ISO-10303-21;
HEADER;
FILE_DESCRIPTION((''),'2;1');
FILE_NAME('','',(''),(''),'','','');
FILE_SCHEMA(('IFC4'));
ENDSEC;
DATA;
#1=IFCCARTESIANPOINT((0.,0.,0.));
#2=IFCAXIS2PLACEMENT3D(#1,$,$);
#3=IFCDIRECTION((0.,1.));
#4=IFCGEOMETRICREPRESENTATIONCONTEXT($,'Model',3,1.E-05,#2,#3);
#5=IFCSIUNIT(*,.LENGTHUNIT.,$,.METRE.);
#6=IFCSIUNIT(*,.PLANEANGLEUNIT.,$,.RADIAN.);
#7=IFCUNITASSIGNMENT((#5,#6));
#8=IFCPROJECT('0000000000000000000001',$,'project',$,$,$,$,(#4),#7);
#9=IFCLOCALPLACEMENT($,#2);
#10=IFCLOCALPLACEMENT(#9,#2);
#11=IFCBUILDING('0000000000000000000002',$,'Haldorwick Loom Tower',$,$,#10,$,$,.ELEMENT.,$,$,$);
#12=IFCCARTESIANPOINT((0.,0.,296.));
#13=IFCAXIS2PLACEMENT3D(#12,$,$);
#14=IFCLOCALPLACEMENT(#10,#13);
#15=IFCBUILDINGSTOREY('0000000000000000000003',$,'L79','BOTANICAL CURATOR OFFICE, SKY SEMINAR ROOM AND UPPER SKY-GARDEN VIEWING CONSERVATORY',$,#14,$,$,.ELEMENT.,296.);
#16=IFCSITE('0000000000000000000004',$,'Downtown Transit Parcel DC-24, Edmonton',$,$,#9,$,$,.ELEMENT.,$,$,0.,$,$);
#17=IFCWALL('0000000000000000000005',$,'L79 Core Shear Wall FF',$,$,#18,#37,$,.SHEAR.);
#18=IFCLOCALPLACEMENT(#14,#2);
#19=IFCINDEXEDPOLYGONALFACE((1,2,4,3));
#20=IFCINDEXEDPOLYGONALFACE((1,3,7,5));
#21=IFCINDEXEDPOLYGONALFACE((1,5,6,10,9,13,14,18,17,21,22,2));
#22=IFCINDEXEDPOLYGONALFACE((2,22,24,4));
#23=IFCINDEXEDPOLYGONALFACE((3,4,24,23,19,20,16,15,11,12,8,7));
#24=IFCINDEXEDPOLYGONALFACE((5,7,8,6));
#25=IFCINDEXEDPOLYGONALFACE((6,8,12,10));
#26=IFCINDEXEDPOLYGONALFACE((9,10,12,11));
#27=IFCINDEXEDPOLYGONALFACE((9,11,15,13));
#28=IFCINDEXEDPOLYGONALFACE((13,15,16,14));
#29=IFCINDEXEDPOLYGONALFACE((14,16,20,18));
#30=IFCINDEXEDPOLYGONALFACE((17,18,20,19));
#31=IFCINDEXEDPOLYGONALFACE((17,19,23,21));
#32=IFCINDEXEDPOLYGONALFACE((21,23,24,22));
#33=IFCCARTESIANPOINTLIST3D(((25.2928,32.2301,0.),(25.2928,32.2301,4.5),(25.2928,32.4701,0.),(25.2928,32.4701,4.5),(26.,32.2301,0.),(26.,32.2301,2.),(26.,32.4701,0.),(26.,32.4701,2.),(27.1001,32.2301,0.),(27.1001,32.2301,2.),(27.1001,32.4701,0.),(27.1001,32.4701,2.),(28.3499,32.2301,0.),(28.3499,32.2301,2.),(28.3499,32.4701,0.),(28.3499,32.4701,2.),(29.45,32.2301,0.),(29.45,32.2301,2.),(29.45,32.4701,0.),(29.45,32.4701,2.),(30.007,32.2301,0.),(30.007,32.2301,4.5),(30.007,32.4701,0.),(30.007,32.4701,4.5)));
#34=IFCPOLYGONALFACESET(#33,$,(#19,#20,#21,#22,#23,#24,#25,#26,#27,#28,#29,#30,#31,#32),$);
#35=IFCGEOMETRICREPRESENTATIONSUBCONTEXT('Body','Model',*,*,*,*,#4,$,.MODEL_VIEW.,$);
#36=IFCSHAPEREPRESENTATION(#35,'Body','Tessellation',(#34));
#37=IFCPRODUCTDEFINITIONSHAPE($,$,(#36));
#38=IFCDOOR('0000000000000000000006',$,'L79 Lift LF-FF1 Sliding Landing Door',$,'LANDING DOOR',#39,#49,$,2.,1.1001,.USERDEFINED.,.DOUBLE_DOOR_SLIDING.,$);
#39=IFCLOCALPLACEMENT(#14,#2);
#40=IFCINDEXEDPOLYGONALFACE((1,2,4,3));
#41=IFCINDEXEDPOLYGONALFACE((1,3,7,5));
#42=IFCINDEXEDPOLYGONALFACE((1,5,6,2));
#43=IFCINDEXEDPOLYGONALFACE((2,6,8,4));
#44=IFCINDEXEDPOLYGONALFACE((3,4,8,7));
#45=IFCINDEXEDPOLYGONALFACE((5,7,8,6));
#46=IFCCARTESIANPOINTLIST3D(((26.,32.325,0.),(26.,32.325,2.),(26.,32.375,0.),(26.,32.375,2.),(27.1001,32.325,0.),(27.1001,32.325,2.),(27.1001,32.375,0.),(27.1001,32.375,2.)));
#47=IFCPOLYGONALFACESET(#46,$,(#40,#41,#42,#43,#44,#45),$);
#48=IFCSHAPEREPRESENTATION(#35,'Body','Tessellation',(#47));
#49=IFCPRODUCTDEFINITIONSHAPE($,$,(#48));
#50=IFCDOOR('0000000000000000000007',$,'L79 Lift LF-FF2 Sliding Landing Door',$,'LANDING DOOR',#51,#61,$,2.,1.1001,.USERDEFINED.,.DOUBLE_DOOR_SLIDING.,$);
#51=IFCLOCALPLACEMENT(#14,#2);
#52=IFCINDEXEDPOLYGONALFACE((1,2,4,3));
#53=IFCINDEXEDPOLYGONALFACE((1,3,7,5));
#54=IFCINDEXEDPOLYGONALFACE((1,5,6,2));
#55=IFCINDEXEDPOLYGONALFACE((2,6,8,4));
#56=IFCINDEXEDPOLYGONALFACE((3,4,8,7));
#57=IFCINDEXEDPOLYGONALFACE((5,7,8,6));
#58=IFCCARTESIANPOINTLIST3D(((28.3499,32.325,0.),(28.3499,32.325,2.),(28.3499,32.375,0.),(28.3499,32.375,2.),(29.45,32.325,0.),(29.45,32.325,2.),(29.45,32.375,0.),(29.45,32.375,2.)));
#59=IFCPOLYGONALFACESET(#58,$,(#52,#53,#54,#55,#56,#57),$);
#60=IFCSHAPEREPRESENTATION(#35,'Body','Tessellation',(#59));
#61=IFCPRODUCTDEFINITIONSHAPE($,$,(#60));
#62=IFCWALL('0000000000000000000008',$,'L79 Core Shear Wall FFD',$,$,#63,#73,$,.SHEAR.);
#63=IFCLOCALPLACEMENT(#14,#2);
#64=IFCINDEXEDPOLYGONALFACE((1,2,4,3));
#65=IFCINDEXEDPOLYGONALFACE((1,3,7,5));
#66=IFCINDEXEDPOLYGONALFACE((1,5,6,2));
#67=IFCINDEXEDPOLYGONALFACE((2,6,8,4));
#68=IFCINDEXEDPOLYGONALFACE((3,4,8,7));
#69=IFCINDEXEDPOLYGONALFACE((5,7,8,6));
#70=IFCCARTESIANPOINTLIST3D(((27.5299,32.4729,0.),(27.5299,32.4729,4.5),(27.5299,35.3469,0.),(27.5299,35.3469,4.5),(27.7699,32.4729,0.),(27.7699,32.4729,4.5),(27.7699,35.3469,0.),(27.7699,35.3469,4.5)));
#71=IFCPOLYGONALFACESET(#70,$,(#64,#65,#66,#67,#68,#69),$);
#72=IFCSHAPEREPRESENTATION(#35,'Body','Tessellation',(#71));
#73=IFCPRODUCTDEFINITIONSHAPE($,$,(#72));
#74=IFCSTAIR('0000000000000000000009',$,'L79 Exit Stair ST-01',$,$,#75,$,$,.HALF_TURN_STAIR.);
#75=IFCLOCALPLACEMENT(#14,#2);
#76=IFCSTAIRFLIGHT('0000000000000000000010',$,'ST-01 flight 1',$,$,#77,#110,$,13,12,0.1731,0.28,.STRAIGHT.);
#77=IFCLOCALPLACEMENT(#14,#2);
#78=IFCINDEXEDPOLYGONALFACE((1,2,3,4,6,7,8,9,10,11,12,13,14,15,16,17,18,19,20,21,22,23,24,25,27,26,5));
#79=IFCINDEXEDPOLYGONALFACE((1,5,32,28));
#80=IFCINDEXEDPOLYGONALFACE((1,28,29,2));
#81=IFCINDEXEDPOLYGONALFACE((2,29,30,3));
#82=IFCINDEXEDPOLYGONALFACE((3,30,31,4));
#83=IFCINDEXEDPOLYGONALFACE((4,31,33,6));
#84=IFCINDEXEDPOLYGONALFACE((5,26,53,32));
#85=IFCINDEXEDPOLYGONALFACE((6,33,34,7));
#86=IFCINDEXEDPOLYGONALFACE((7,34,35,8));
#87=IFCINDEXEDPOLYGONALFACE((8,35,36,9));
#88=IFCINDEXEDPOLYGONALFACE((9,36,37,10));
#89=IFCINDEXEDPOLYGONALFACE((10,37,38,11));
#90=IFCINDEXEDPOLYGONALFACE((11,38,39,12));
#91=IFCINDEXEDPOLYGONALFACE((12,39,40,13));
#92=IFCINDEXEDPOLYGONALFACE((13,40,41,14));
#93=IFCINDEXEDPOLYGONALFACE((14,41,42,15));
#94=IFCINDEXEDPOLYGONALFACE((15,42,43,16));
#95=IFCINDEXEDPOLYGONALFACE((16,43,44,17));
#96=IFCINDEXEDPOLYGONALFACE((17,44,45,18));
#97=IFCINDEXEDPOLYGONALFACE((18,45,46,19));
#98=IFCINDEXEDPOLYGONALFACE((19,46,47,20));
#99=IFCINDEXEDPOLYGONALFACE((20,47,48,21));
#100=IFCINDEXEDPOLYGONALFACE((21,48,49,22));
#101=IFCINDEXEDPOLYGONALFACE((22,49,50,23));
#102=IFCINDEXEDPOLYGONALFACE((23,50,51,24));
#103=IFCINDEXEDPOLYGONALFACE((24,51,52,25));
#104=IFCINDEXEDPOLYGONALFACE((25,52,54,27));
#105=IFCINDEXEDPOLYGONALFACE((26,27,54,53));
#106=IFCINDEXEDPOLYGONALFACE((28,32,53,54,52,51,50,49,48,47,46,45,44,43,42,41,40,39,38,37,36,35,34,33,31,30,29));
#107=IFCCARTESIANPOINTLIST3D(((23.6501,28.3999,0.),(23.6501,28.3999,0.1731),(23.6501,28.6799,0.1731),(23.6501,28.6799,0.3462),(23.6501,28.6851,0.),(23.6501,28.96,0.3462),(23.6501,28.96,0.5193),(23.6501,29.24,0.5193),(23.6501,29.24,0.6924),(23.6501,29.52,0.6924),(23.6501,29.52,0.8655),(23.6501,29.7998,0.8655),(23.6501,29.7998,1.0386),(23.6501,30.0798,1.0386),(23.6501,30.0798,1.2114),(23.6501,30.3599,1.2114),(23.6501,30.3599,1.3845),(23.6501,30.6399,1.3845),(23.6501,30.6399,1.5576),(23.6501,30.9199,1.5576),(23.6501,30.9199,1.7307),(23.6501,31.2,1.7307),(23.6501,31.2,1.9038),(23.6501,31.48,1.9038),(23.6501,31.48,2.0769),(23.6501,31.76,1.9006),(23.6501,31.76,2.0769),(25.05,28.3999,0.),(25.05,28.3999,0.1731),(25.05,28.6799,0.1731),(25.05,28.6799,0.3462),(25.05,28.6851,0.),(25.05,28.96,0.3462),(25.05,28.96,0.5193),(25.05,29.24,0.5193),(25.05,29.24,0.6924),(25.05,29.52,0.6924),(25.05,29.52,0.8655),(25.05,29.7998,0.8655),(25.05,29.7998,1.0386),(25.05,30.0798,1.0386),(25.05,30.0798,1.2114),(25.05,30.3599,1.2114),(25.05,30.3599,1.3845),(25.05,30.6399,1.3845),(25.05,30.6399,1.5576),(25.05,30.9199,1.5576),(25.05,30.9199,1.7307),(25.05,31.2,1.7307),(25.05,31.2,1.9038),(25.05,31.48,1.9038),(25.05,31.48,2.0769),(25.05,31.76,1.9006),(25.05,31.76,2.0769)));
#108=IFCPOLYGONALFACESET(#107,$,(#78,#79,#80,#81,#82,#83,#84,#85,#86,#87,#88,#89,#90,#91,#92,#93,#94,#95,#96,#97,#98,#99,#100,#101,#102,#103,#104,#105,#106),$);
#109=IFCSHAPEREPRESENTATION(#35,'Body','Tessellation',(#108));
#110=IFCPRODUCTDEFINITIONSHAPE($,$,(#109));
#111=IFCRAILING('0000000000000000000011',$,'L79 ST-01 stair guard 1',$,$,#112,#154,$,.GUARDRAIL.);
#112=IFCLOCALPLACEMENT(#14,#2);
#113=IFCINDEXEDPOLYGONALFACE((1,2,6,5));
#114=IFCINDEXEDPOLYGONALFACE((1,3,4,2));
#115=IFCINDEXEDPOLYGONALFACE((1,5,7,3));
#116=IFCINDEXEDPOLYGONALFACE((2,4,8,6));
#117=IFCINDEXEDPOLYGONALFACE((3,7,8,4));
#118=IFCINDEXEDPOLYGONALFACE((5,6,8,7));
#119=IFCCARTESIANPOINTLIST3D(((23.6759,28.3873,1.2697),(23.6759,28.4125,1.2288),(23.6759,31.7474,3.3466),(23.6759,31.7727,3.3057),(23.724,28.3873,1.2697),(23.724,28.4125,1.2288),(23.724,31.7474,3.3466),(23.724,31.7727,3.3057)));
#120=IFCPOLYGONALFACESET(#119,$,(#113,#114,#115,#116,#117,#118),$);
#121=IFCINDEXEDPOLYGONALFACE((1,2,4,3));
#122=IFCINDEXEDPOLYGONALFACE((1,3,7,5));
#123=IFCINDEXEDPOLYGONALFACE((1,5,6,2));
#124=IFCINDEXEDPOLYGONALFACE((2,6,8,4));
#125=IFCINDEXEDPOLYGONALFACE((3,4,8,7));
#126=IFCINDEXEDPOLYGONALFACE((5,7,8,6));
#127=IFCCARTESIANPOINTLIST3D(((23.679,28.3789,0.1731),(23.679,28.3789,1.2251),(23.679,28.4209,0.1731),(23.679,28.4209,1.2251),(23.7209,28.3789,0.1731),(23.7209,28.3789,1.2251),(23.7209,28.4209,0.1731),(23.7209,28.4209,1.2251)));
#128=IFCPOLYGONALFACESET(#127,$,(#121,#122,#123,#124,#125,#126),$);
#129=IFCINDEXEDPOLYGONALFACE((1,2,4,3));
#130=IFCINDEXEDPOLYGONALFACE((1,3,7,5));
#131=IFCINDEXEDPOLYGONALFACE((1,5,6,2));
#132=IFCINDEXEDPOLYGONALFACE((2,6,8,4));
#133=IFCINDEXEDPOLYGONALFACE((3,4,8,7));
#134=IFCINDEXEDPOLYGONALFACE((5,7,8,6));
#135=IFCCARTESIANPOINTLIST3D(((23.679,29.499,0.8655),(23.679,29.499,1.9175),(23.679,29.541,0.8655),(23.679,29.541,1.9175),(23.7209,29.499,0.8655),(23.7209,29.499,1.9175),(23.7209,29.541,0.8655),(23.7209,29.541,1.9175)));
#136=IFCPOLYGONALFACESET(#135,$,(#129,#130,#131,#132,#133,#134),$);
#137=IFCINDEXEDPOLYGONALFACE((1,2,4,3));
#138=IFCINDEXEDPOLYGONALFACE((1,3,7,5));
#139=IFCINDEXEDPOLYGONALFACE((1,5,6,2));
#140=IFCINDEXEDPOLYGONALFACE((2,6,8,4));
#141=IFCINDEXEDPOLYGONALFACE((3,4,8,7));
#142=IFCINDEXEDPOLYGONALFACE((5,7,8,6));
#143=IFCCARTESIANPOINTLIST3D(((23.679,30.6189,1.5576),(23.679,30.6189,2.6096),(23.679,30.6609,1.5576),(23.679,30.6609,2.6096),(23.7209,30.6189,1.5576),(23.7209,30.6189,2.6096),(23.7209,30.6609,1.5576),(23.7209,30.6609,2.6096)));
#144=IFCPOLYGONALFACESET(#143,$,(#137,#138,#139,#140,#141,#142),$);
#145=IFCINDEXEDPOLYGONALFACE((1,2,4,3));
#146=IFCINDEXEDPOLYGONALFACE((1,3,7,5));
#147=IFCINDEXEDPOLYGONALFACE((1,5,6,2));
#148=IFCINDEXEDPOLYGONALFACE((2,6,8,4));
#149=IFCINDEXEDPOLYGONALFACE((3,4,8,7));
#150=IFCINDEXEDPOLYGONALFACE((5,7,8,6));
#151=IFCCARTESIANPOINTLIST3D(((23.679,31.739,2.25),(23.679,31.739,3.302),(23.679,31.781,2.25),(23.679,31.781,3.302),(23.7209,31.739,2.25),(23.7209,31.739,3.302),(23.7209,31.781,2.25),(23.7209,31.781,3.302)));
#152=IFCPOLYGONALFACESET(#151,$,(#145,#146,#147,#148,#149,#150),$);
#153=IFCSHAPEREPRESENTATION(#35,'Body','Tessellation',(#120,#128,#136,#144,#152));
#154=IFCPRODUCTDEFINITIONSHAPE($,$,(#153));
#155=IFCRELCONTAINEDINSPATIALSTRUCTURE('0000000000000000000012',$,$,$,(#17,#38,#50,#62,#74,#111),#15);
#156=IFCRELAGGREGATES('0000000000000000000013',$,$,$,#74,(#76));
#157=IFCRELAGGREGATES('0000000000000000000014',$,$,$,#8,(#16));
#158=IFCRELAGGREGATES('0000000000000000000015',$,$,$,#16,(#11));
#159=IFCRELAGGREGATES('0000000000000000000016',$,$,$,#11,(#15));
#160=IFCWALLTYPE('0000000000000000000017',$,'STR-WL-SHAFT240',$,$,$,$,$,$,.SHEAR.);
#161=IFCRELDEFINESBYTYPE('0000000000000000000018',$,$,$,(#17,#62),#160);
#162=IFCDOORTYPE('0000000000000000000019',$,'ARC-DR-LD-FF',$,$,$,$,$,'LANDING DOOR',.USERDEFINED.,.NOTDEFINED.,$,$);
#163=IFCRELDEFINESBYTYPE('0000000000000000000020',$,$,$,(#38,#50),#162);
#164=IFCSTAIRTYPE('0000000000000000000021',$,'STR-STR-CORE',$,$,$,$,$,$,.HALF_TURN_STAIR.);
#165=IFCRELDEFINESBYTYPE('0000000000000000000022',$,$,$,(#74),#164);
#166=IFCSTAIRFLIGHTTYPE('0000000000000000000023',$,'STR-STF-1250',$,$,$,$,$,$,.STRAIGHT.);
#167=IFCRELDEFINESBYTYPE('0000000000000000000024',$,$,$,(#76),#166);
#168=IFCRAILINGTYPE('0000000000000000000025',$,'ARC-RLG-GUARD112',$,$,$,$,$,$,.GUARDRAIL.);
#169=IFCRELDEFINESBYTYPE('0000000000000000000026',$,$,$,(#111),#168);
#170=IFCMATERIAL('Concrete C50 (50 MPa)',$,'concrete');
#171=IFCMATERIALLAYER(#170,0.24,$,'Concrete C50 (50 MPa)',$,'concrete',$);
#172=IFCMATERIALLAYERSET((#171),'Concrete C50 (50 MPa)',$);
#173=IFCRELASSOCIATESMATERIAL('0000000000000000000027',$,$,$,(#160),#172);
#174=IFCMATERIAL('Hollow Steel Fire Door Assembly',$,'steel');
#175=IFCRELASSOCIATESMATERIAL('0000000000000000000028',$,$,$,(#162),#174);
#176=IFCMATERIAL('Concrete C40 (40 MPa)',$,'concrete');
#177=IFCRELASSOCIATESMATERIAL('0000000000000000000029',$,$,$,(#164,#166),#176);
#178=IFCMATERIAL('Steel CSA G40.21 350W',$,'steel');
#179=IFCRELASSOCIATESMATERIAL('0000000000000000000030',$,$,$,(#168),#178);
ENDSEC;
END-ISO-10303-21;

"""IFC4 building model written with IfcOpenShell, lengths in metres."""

from ifc_helpers import new_model, si_unit, direction, frame, frame_2d, origin, origin_2d, place, context, subcontext, project, spatial, polyline, rectangle, outline, extrude, material, layer, layer_set, type_object, element, fill, aggregate, save


model = new_model("IFC4")

# Units and contexts
model_context = context("Model", 3, precision=1e-05, world=origin(), true_north=direction((0.0, 1.0)))
body_context = subcontext(model_context, "Body", "Model", "MODEL_VIEW")
ifc_project = project(units=[si_unit("LENGTHUNIT", "METRE"), si_unit("PLANEANGLEUNIT", "RADIAN")], contexts=[model_context])

# Site, building, storey
site_placement = place(None, origin())
site = spatial("IfcSite", under=ifc_project, at=site_placement, Name="Downtown Transit Parcel DC-24, Edmonton", CompositionType="ELEMENT", RefElevation=0.0)
building_placement = place(site_placement, origin())
building = spatial("IfcBuilding", under=site, at=building_placement, Name="Haldorwick Loom Tower", CompositionType="ELEMENT")
storey_placement = place(building_placement, frame((0.0, 0.0, 296.0)))
storey = spatial("IfcBuildingStorey", under=building, at=storey_placement, Name="L79", Description="BOTANICAL CURATOR OFFICE, SKY SEMINAR ROOM AND UPPER SKY-GARDEN VIEWING CONSERVATORY", CompositionType="ELEMENT", Elevation=296.0)

# Shared definitions
ifc_material_1 = material(Name="Steel CSA G40.21 350W", Category="steel")

# Shared definitions
ifc_material_2 = material(Name="Concrete C50 (50 MPa)", Category="concrete")
ifc_layer = layer(ifc_material_2, 0.24, Name="Concrete C50 (50 MPa)", Category="concrete")
ifc_layer_set = layer_set([ifc_layer], Name="Concrete C50 (50 MPa)")
wall_type = type_object("IfcWallType", Name="STR-WL-SHAFT240", PredefinedType="SHEAR", material=ifc_layer_set)

# Wall, openings, doors
wall_1_placement = place(storey_placement, frame((25.293, 32.3501, 0.0), z_axis=(0.0, 0.0, 1.0), x_axis=(1.0, 0.0, 0.0)))
wall_1 = element("IfcWall", 1, at=wall_1_placement, inside=storey, type_object=wall_type, Name="L79 Core Shear Wall FF", PredefinedType="SHEAR", context=body_context, shape_type="SweptSolid", body=[
    extrude(rectangle(XDim=4.7141, YDim=0.24, at=frame_2d((2.3569, 0.0))), origin(), (0.0, 0.0, 1.0), 4.5),
])
opening_1_placement = place(wall_1_placement, frame((0.707, 0.0, 0.0)))
opening_1 = element("IfcOpeningElement", 2, at=opening_1_placement, cuts=wall_1, PredefinedType="OPENING", context=body_context, shape_type="SweptSolid", body=[
    extrude(rectangle(XDim=1.1001, YDim=2.0, at=frame_2d((0.55, 1.0))), frame((0.0, 0.1299, 0.0), z_axis=(0.0, -1.0, 0.0), x_axis=(1.0, 0.0, 0.0)), (0.0, 0.0, 1.0), 0.26),
])
opening_2_placement = place(wall_1_placement, frame((3.0569, 0.0, 0.0)))
opening_2 = element("IfcOpeningElement", 3, at=opening_2_placement, cuts=wall_1, PredefinedType="OPENING", context=body_context, shape_type="SweptSolid", body=[
    extrude(rectangle(XDim=1.1001, YDim=2.0, at=frame_2d((0.55, 1.0))), frame((0.0, 0.1299, 0.0), z_axis=(0.0, -1.0, 0.0), x_axis=(1.0, 0.0, 0.0)), (0.0, 0.0, 1.0), 0.26),
])
ifc_material_3 = material(Name="Hollow Steel Fire Door Assembly", Category="steel")
door_type = type_object("IfcDoorType", Name="ARC-DR-LD-FF", ElementType="LANDING DOOR", OperationType="NOTDEFINED", PredefinedType="USERDEFINED", material=ifc_material_3)
door_1_placement = place(opening_1_placement, origin())
door_1 = element("IfcDoor", 4, at=door_1_placement, inside=storey, type_object=door_type, Name="L79 Lift LF-FF1 Sliding Landing Door", ObjectType="LANDING DOOR", OperationType="DOUBLE_DOOR_SLIDING", OverallHeight=2.0, OverallWidth=1.1001, PredefinedType="USERDEFINED", context=body_context, shape_type="SweptSolid", body=[
    extrude(rectangle(XDim=1.1001, YDim=2.0, at=frame_2d((0.55, 1.0))), frame((0.0, 0.0249, 0.0), z_axis=(0.0, -1.0, 0.0), x_axis=(1.0, 0.0, 0.0)), (0.0, 0.0, 1.0), 0.05),
])
fill(opening_1, door_1)
door_2_placement = place(opening_2_placement, origin())
door_2 = element("IfcDoor", 5, at=door_2_placement, inside=storey, type_object=door_type, Name="L79 Lift LF-FF2 Sliding Landing Door", ObjectType="LANDING DOOR", OperationType="DOUBLE_DOOR_SLIDING", OverallHeight=2.0, OverallWidth=1.1001, PredefinedType="USERDEFINED", context=body_context, shape_type="SweptSolid", body=[
    extrude(rectangle(XDim=1.1001, YDim=2.0, at=frame_2d((0.55, 1.0))), frame((0.0, 0.0249, 0.0), z_axis=(0.0, -1.0, 0.0), x_axis=(1.0, 0.0, 0.0)), (0.0, 0.0, 1.0), 0.05),
])
fill(opening_2, door_2)

# Wall
wall_2_placement = place(storey_placement, frame((27.6499, 32.4729, 0.0), z_axis=(0.0, 0.0, 1.0), x_axis=(0.0, 1.0, 0.0)))
element("IfcWall", 6, at=wall_2_placement, inside=storey, type_object=wall_type, Name="L79 Core Shear Wall FFD", PredefinedType="SHEAR", context=body_context, shape_type="SweptSolid", body=[
    extrude(rectangle(XDim=2.874, YDim=0.24, at=frame_2d((1.437, 0.0))), origin(), (0.0, 0.0, 1.0), 4.5),
])

# Stair, stair flight
ifc_material_4 = material(Name="Concrete C40 (40 MPa)", Category="concrete")
stair_type = type_object("IfcStairType", Name="STR-STR-CORE", PredefinedType="HALF_TURN_STAIR", material=ifc_material_4)
stair_placement = place(storey_placement, origin())
stair = element("IfcStair", 7, at=stair_placement, inside=storey, type_object=stair_type, Name="L79 Exit Stair ST-01", PredefinedType="HALF_TURN_STAIR")
stair_flight_type = type_object("IfcStairFlightType", Name="STR-STF-1250", PredefinedType="STRAIGHT", material=ifc_material_4)
stair_flight_placement = place(storey_placement, frame((24.3501, 28.3999, 0.0), z_axis=(0.0, 0.0, 1.0), x_axis=(0.0, 1.0, 0.0)))
stair_flight = element("IfcStairFlight", 8, at=stair_flight_placement, type_object=stair_flight_type, Name="ST-01 flight 1", NumberOfRisers=13, NumberOfTreads=12, PredefinedType="STRAIGHT", RiserHeight=0.1731, TreadLength=0.28, context=body_context, shape_type="SweptSolid", body=[
    extrude(outline(polyline([(0.0, 0.0), (0.0, 0.1731), (0.28, 0.1731), (0.28, 0.3462), (0.5601, 0.3462), (0.5601, 0.5193), (0.8401, 0.5193), (0.8401, 0.6924), (1.1201, 0.6924), (1.1201, 0.8655), (1.3999, 0.8655), (1.3999, 1.0386), (1.6799, 1.0386), (1.6799, 1.2114), (1.96, 1.2114), (1.96, 1.3845), (2.24, 1.3845), (2.24, 1.5576), (2.52, 1.5576), (2.52, 1.7307), (2.8, 1.7307), (2.8, 1.9038), (3.0801, 1.9038), (3.0801, 2.0769), (3.3601, 2.0769), (3.3601, 2.25), (3.3601, 1.9006), (0.2852, 0.0), (0.0, 0.0)])), frame((0.0, 0.7, 0.0), z_axis=(0.0, -1.0, 0.0), x_axis=(1.0, 0.0, 0.0)), (0.0, 0.0, 1.0), 1.3999),
])
aggregate(stair, [stair_flight])

# Railing
railing_type_1 = type_object("IfcRailingType", Name="ARC-RLG-GUARD112", PredefinedType="GUARDRAIL", material=ifc_material_1)
railing_1_placement = place(storey_placement, frame((23.7, 28.3999, 0.1731)))
element("IfcRailing", 9, at=railing_1_placement, inside=storey, type_object=railing_type_1, Name="L79 ST-01 stair guard 1", PredefinedType="GUARDRAIL", context=body_context, shape_type="SweptSolid", body=[
    extrude(rectangle(XDim=0.0481, YDim=0.0481, at=origin_2d()), frame((0.0, 0.0, 1.0762), z_axis=(0.0, 0.850623, 0.525776), x_axis=(-1.0, 0.0, 0.0)), (0.0, 0.0, 1.0), 3.9502),
    extrude(rectangle(XDim=0.042, YDim=0.042, at=origin_2d()), origin(), (0.0, 0.0, 1.0), 1.052),
    extrude(rectangle(XDim=0.042, YDim=0.042, at=origin_2d()), frame((0.0, 1.1201, 0.6924)), (0.0, 0.0, 1.0), 1.052),
    extrude(rectangle(XDim=0.042, YDim=0.042, at=origin_2d()), frame((0.0, 2.24, 1.3845)), (0.0, 0.0, 1.0), 1.052),
    extrude(rectangle(XDim=0.042, YDim=0.042, at=origin_2d()), frame((0.0, 3.3601, 2.0769)), (0.0, 0.0, 1.0), 1.052),
])

save(model, "model.ifc")
